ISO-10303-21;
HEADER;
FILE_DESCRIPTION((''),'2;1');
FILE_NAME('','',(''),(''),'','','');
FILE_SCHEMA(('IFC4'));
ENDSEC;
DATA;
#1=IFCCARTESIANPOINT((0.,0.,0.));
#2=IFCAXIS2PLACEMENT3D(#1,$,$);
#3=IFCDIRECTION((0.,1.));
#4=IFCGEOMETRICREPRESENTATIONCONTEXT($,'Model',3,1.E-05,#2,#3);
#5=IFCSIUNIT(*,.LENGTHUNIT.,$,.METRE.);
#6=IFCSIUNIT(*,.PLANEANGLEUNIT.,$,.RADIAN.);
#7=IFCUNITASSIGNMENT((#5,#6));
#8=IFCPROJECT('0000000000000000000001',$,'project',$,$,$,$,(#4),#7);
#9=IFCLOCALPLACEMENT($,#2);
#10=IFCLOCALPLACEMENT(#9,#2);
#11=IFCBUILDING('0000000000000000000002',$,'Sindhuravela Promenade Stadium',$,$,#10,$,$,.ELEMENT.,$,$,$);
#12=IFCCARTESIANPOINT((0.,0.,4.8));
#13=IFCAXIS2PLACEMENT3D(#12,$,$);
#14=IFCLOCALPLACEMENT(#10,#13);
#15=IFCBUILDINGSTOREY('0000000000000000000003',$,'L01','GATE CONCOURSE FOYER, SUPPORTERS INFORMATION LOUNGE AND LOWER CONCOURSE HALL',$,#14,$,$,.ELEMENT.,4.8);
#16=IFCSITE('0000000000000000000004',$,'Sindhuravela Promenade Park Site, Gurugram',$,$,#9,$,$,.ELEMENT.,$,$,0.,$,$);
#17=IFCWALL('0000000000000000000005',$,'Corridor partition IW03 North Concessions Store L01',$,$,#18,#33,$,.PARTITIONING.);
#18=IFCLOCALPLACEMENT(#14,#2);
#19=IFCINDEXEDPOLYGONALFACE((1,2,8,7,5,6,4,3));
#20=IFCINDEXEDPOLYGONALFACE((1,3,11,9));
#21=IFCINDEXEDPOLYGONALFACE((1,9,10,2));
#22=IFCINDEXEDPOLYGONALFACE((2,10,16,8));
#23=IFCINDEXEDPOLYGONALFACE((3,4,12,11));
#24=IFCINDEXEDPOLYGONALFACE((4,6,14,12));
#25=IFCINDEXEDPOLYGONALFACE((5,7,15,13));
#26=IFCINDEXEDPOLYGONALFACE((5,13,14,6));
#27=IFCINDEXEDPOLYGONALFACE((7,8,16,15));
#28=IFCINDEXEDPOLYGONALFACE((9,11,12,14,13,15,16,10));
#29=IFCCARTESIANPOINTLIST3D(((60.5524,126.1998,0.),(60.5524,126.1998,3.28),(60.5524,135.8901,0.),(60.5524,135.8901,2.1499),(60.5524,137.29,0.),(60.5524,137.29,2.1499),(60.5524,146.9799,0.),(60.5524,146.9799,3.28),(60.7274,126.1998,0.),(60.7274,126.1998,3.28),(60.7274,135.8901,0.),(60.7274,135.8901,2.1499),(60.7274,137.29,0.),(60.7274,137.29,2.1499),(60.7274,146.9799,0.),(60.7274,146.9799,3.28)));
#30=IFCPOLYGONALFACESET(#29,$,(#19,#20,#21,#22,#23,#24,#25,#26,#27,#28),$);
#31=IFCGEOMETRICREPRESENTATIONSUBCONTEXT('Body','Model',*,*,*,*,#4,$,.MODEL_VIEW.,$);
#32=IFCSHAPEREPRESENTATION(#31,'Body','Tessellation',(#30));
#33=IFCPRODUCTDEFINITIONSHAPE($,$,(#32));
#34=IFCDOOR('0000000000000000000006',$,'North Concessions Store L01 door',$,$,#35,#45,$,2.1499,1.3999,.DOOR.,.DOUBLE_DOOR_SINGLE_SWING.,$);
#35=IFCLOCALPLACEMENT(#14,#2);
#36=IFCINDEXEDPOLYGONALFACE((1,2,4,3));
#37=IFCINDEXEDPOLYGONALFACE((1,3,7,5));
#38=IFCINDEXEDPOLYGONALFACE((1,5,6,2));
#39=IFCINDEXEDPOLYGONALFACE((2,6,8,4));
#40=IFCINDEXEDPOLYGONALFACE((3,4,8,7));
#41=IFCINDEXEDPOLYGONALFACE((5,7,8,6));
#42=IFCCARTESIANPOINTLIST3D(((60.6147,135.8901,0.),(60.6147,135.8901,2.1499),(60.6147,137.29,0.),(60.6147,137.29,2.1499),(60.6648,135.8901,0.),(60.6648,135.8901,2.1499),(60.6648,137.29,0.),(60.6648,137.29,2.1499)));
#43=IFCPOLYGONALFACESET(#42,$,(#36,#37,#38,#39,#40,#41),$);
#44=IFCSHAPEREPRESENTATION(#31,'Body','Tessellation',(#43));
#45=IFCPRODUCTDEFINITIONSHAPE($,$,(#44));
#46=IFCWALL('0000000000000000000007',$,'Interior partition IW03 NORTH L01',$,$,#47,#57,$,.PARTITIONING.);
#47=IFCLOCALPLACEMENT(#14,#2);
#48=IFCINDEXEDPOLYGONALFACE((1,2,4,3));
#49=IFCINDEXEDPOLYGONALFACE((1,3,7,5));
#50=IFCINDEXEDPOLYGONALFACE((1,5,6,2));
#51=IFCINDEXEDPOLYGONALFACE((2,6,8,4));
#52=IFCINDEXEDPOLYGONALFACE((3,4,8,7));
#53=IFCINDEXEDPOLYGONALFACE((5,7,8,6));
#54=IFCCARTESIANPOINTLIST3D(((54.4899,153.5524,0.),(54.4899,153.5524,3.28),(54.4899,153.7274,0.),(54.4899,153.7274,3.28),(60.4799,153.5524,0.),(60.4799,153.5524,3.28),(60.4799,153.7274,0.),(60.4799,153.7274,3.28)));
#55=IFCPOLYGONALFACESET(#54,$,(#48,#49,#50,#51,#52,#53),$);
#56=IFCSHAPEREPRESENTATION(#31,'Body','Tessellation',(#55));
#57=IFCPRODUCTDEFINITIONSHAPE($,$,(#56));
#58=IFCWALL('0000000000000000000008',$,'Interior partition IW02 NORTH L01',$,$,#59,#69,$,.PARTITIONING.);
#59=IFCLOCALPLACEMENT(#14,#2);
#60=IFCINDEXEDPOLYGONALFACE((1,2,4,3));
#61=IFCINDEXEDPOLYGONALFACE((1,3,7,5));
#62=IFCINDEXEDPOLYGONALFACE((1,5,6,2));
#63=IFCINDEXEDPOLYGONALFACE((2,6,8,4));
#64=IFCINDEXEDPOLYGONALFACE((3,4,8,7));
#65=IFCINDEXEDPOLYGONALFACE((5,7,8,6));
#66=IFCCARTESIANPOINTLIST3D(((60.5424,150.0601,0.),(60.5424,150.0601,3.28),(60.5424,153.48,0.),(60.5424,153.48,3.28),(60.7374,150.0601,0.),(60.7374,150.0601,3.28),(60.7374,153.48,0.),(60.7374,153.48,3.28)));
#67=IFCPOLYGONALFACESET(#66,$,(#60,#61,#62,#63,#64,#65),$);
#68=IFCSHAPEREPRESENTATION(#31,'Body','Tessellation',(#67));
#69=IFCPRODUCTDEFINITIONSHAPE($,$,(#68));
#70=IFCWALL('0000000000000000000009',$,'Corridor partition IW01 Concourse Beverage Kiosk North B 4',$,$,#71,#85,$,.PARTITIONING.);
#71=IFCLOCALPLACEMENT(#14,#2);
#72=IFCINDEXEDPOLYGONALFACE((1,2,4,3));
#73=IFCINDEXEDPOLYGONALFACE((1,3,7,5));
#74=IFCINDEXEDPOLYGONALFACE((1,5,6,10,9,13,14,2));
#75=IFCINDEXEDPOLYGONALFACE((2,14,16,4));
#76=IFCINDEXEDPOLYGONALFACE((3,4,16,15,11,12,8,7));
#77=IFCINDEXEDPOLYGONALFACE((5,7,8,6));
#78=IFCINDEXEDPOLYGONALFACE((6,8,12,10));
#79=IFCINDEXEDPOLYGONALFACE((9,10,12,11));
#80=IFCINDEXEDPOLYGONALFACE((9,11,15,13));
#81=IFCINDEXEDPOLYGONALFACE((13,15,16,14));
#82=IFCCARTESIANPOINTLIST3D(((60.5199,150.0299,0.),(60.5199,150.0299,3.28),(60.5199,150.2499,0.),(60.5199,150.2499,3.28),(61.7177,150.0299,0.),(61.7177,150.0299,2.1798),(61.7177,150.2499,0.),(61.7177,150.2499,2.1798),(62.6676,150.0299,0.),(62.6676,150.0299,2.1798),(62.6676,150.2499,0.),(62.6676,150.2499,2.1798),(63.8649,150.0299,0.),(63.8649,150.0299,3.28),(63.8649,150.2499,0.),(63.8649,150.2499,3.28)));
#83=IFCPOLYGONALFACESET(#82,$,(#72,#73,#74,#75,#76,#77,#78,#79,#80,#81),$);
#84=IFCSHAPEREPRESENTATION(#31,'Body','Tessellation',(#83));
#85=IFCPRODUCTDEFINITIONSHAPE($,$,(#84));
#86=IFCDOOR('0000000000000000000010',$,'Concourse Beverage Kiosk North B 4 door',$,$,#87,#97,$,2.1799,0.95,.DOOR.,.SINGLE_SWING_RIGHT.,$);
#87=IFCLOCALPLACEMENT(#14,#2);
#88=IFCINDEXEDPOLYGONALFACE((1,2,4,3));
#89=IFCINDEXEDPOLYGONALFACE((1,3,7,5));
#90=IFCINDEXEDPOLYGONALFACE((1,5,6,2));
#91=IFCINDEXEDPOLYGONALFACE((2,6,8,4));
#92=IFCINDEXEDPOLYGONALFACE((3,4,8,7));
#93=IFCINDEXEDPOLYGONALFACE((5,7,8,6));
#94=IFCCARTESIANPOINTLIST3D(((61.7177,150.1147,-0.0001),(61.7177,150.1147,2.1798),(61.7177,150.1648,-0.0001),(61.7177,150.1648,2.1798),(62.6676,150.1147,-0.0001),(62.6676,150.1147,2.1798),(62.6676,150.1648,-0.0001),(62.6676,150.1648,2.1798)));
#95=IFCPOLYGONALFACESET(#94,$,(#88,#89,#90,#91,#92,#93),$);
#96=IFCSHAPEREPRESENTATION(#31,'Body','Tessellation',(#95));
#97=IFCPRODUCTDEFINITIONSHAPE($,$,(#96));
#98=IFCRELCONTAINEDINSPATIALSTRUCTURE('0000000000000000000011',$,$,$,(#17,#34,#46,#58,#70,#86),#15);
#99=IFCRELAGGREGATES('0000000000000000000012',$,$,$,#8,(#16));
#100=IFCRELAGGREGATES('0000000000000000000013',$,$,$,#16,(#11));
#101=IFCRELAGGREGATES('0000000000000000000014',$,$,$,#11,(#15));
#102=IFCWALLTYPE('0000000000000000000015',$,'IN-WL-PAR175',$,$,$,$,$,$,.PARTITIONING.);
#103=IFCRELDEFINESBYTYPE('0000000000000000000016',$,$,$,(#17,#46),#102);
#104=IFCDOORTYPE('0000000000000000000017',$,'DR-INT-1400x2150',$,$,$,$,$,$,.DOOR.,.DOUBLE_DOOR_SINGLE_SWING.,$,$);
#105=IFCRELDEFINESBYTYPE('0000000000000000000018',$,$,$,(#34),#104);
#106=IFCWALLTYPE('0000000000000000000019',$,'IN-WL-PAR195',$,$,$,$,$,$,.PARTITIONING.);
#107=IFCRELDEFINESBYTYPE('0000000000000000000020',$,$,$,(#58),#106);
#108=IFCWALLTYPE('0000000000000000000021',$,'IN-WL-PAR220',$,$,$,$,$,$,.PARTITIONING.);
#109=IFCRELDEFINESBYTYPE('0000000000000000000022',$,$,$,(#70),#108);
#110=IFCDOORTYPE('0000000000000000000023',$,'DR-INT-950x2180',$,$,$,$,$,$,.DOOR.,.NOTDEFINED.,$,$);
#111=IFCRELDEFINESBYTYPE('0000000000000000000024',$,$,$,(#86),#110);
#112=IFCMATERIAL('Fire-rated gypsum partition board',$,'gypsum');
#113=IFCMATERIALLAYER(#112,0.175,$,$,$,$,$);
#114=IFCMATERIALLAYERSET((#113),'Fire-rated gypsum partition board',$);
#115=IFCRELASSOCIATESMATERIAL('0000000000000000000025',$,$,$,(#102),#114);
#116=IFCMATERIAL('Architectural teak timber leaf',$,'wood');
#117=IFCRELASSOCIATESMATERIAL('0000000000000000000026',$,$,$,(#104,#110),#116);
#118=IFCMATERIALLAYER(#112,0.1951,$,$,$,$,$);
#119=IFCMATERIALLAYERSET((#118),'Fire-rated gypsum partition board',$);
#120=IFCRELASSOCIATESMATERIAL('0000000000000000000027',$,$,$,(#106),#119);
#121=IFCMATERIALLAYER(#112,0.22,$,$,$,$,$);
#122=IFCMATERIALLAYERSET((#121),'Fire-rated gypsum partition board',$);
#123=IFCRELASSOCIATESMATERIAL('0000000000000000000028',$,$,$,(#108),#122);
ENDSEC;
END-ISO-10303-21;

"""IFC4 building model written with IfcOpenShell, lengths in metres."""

from ifc_helpers import new_model, si_unit, direction, frame, frame_2d, origin, place, context, subcontext, project, spatial, rectangle, extrude, material, layer, layer_set, type_object, element, fill, save


model = new_model("IFC4")

# Units and contexts
model_context = context("Model", 3, precision=1e-05, world=origin(), true_north=direction((0.0, 1.0)))
body_context = subcontext(model_context, "Body", "Model", "MODEL_VIEW")
ifc_project = project(units=[si_unit("LENGTHUNIT", "METRE"), si_unit("PLANEANGLEUNIT", "RADIAN")], contexts=[model_context])

# Site, building, storey
site_placement = place(None, origin())
site = spatial("IfcSite", under=ifc_project, at=site_placement, Name="Sindhuravela Promenade Park Site, Gurugram", CompositionType="ELEMENT", RefElevation=0.0)
building_placement = place(site_placement, origin())
building = spatial("IfcBuilding", under=site, at=building_placement, Name="Sindhuravela Promenade Stadium", CompositionType="ELEMENT")
storey_placement = place(building_placement, frame((0.0, 0.0, 4.8)))
storey = spatial("IfcBuildingStorey", under=building, at=storey_placement, Name="L01", Description="GATE CONCOURSE FOYER, SUPPORTERS INFORMATION LOUNGE AND LOWER CONCOURSE HALL", CompositionType="ELEMENT", Elevation=4.8)

# Shared definitions
ifc_material_1 = material(Name="Fire-rated gypsum partition board", Category="gypsum")

# Wall, opening, door
ifc_layer_1 = layer(ifc_material_1, 0.175)
ifc_layer_set_1 = layer_set([ifc_layer_1], Name="Fire-rated gypsum partition board")
wall_type_1 = type_object("IfcWallType", Name="IN-WL-PAR175", PredefinedType="PARTITIONING", material=ifc_layer_set_1)
wall_1_placement = place(storey_placement, frame((60.6399, 146.98, 0.0), z_axis=(0.0, 0.0, 1.0), x_axis=(0.0, -1.0, 0.0)))
wall_1 = element("IfcWall", 1, at=wall_1_placement, inside=storey, type_object=wall_type_1, Name="Corridor partition IW03 North Concessions Store L01", PredefinedType="PARTITIONING", context=body_context, shape_type="SweptSolid", body=[
    extrude(rectangle(XDim=20.78, YDim=0.175, at=frame_2d((10.3901, 0.0))), origin(), (0.0, 0.0, 1.0), 3.28),
])
opening_1_placement = place(wall_1_placement, frame((9.6899, 0.0, 0.0)))
opening_1 = element("IfcOpeningElement", 2, at=opening_1_placement, cuts=wall_1, PredefinedType="OPENING", context=body_context, shape_type="SweptSolid", body=[
    extrude(rectangle(XDim=1.3999, YDim=2.1499, at=frame_2d((0.7, 1.075))), frame((0.0, 0.0974, 0.0), z_axis=(0.0, -1.0, 0.0), x_axis=(1.0, 0.0, 0.0)), (0.0, 0.0, 1.0), 0.1951),
])
ifc_material_2 = material(Name="Architectural teak timber leaf", Category="wood")
door_type_1 = type_object("IfcDoorType", Name="DR-INT-1400x2150", OperationType="DOUBLE_DOOR_SINGLE_SWING", PredefinedType="DOOR", material=ifc_material_2)
door_1_placement = place(opening_1_placement, origin())
door_1 = element("IfcDoor", 3, at=door_1_placement, inside=storey, type_object=door_type_1, Name="North Concessions Store L01 door", OperationType="DOUBLE_DOOR_SINGLE_SWING", OverallHeight=2.1499, OverallWidth=1.3999, PredefinedType="DOOR", context=body_context, shape_type="SweptSolid", body=[
    extrude(rectangle(XDim=1.3999, YDim=2.1499, at=frame_2d((0.7, 1.075))), frame((0.0, 0.0249, 0.0), z_axis=(0.0, -1.0, 0.0), x_axis=(1.0, 0.0, 0.0)), (0.0, 0.0, 1.0), 0.05),
])
fill(opening_1, door_1)

# Walls
wall_2_placement = place(storey_placement, frame((60.48, 153.6399, 0.0), z_axis=(0.0, 0.0, 1.0), x_axis=(-1.0, 0.0, 0.0)))
element("IfcWall", 4, at=wall_2_placement, inside=storey, type_object=wall_type_1, Name="Interior partition IW03 NORTH L01", PredefinedType="PARTITIONING", context=body_context, shape_type="SweptSolid", body=[
    extrude(rectangle(XDim=5.99, YDim=0.175, at=frame_2d((2.9951, 0.0))), origin(), (0.0, 0.0, 1.0), 3.28),
])
ifc_layer_2 = layer(ifc_material_1, 0.1951)
ifc_layer_set_2 = layer_set([ifc_layer_2], Name="Fire-rated gypsum partition board")
wall_type_2 = type_object("IfcWallType", Name="IN-WL-PAR195", PredefinedType="PARTITIONING", material=ifc_layer_set_2)
wall_3_placement = place(storey_placement, frame((60.6399, 150.0601, 0.0), z_axis=(0.0, 0.0, 1.0), x_axis=(0.0, 1.0, 0.0)))
element("IfcWall", 5, at=wall_3_placement, inside=storey, type_object=wall_type_2, Name="Interior partition IW02 NORTH L01", PredefinedType="PARTITIONING", context=body_context, shape_type="SweptSolid", body=[
    extrude(rectangle(XDim=3.4199, YDim=0.1951, at=frame_2d((1.71, 0.0))), origin(), (0.0, 0.0, 1.0), 3.28),
])

# Wall, opening, door
ifc_layer_3 = layer(ifc_material_1, 0.22)
ifc_layer_set_3 = layer_set([ifc_layer_3], Name="Fire-rated gypsum partition board")
wall_type_3 = type_object("IfcWallType", Name="IN-WL-PAR220", PredefinedType="PARTITIONING", material=ifc_layer_set_3)
wall_4_placement = place(storey_placement, frame((60.52, 150.1399, 0.0), z_axis=(0.0, 0.0, 1.0), x_axis=(1.0, 0.0, 0.0)))
wall_4 = element("IfcWall", 6, at=wall_4_placement, inside=storey, type_object=wall_type_3, Name="Corridor partition IW01 Concourse Beverage Kiosk North B 4", PredefinedType="PARTITIONING", context=body_context, shape_type="SweptSolid", body=[
    extrude(rectangle(XDim=3.345, YDim=0.22, at=frame_2d((1.6724, 0.0))), origin(), (0.0, 0.0, 1.0), 3.28),
])
opening_2_placement = place(wall_4_placement, frame((1.1975, 0.0, 0.0)))
opening_2 = element("IfcOpeningElement", 7, at=opening_2_placement, cuts=wall_4, PredefinedType="OPENING", context=body_context, shape_type="SweptSolid", body=[
    extrude(rectangle(XDim=0.95, YDim=2.1799, at=frame_2d((0.4751, 1.0898))), frame((0.0, 0.1199, 0.0), z_axis=(0.0, -1.0, 0.0), x_axis=(1.0, 0.0, 0.0)), (0.0, 0.0, 1.0), 0.24),
])
door_type_2 = type_object("IfcDoorType", Name="DR-INT-950x2180", OperationType="NOTDEFINED", PredefinedType="DOOR", material=ifc_material_2)
door_2_placement = place(opening_2_placement, origin())
door_2 = element("IfcDoor", 8, at=door_2_placement, inside=storey, type_object=door_type_2, Name="Concourse Beverage Kiosk North B 4 door", OperationType="SINGLE_SWING_RIGHT", OverallHeight=2.1799, OverallWidth=0.95, PredefinedType="DOOR", context=body_context, shape_type="SweptSolid", body=[
    extrude(rectangle(XDim=0.95, YDim=2.1799, at=frame_2d((0.4751, 1.0898))), frame((0.0, 0.0249, 0.0), z_axis=(0.0, -1.0, 0.0), x_axis=(1.0, 0.0, 0.0)), (0.0, 0.0, 1.0), 0.05),
])
fill(opening_2, door_2)

save(model, "model.ifc")
